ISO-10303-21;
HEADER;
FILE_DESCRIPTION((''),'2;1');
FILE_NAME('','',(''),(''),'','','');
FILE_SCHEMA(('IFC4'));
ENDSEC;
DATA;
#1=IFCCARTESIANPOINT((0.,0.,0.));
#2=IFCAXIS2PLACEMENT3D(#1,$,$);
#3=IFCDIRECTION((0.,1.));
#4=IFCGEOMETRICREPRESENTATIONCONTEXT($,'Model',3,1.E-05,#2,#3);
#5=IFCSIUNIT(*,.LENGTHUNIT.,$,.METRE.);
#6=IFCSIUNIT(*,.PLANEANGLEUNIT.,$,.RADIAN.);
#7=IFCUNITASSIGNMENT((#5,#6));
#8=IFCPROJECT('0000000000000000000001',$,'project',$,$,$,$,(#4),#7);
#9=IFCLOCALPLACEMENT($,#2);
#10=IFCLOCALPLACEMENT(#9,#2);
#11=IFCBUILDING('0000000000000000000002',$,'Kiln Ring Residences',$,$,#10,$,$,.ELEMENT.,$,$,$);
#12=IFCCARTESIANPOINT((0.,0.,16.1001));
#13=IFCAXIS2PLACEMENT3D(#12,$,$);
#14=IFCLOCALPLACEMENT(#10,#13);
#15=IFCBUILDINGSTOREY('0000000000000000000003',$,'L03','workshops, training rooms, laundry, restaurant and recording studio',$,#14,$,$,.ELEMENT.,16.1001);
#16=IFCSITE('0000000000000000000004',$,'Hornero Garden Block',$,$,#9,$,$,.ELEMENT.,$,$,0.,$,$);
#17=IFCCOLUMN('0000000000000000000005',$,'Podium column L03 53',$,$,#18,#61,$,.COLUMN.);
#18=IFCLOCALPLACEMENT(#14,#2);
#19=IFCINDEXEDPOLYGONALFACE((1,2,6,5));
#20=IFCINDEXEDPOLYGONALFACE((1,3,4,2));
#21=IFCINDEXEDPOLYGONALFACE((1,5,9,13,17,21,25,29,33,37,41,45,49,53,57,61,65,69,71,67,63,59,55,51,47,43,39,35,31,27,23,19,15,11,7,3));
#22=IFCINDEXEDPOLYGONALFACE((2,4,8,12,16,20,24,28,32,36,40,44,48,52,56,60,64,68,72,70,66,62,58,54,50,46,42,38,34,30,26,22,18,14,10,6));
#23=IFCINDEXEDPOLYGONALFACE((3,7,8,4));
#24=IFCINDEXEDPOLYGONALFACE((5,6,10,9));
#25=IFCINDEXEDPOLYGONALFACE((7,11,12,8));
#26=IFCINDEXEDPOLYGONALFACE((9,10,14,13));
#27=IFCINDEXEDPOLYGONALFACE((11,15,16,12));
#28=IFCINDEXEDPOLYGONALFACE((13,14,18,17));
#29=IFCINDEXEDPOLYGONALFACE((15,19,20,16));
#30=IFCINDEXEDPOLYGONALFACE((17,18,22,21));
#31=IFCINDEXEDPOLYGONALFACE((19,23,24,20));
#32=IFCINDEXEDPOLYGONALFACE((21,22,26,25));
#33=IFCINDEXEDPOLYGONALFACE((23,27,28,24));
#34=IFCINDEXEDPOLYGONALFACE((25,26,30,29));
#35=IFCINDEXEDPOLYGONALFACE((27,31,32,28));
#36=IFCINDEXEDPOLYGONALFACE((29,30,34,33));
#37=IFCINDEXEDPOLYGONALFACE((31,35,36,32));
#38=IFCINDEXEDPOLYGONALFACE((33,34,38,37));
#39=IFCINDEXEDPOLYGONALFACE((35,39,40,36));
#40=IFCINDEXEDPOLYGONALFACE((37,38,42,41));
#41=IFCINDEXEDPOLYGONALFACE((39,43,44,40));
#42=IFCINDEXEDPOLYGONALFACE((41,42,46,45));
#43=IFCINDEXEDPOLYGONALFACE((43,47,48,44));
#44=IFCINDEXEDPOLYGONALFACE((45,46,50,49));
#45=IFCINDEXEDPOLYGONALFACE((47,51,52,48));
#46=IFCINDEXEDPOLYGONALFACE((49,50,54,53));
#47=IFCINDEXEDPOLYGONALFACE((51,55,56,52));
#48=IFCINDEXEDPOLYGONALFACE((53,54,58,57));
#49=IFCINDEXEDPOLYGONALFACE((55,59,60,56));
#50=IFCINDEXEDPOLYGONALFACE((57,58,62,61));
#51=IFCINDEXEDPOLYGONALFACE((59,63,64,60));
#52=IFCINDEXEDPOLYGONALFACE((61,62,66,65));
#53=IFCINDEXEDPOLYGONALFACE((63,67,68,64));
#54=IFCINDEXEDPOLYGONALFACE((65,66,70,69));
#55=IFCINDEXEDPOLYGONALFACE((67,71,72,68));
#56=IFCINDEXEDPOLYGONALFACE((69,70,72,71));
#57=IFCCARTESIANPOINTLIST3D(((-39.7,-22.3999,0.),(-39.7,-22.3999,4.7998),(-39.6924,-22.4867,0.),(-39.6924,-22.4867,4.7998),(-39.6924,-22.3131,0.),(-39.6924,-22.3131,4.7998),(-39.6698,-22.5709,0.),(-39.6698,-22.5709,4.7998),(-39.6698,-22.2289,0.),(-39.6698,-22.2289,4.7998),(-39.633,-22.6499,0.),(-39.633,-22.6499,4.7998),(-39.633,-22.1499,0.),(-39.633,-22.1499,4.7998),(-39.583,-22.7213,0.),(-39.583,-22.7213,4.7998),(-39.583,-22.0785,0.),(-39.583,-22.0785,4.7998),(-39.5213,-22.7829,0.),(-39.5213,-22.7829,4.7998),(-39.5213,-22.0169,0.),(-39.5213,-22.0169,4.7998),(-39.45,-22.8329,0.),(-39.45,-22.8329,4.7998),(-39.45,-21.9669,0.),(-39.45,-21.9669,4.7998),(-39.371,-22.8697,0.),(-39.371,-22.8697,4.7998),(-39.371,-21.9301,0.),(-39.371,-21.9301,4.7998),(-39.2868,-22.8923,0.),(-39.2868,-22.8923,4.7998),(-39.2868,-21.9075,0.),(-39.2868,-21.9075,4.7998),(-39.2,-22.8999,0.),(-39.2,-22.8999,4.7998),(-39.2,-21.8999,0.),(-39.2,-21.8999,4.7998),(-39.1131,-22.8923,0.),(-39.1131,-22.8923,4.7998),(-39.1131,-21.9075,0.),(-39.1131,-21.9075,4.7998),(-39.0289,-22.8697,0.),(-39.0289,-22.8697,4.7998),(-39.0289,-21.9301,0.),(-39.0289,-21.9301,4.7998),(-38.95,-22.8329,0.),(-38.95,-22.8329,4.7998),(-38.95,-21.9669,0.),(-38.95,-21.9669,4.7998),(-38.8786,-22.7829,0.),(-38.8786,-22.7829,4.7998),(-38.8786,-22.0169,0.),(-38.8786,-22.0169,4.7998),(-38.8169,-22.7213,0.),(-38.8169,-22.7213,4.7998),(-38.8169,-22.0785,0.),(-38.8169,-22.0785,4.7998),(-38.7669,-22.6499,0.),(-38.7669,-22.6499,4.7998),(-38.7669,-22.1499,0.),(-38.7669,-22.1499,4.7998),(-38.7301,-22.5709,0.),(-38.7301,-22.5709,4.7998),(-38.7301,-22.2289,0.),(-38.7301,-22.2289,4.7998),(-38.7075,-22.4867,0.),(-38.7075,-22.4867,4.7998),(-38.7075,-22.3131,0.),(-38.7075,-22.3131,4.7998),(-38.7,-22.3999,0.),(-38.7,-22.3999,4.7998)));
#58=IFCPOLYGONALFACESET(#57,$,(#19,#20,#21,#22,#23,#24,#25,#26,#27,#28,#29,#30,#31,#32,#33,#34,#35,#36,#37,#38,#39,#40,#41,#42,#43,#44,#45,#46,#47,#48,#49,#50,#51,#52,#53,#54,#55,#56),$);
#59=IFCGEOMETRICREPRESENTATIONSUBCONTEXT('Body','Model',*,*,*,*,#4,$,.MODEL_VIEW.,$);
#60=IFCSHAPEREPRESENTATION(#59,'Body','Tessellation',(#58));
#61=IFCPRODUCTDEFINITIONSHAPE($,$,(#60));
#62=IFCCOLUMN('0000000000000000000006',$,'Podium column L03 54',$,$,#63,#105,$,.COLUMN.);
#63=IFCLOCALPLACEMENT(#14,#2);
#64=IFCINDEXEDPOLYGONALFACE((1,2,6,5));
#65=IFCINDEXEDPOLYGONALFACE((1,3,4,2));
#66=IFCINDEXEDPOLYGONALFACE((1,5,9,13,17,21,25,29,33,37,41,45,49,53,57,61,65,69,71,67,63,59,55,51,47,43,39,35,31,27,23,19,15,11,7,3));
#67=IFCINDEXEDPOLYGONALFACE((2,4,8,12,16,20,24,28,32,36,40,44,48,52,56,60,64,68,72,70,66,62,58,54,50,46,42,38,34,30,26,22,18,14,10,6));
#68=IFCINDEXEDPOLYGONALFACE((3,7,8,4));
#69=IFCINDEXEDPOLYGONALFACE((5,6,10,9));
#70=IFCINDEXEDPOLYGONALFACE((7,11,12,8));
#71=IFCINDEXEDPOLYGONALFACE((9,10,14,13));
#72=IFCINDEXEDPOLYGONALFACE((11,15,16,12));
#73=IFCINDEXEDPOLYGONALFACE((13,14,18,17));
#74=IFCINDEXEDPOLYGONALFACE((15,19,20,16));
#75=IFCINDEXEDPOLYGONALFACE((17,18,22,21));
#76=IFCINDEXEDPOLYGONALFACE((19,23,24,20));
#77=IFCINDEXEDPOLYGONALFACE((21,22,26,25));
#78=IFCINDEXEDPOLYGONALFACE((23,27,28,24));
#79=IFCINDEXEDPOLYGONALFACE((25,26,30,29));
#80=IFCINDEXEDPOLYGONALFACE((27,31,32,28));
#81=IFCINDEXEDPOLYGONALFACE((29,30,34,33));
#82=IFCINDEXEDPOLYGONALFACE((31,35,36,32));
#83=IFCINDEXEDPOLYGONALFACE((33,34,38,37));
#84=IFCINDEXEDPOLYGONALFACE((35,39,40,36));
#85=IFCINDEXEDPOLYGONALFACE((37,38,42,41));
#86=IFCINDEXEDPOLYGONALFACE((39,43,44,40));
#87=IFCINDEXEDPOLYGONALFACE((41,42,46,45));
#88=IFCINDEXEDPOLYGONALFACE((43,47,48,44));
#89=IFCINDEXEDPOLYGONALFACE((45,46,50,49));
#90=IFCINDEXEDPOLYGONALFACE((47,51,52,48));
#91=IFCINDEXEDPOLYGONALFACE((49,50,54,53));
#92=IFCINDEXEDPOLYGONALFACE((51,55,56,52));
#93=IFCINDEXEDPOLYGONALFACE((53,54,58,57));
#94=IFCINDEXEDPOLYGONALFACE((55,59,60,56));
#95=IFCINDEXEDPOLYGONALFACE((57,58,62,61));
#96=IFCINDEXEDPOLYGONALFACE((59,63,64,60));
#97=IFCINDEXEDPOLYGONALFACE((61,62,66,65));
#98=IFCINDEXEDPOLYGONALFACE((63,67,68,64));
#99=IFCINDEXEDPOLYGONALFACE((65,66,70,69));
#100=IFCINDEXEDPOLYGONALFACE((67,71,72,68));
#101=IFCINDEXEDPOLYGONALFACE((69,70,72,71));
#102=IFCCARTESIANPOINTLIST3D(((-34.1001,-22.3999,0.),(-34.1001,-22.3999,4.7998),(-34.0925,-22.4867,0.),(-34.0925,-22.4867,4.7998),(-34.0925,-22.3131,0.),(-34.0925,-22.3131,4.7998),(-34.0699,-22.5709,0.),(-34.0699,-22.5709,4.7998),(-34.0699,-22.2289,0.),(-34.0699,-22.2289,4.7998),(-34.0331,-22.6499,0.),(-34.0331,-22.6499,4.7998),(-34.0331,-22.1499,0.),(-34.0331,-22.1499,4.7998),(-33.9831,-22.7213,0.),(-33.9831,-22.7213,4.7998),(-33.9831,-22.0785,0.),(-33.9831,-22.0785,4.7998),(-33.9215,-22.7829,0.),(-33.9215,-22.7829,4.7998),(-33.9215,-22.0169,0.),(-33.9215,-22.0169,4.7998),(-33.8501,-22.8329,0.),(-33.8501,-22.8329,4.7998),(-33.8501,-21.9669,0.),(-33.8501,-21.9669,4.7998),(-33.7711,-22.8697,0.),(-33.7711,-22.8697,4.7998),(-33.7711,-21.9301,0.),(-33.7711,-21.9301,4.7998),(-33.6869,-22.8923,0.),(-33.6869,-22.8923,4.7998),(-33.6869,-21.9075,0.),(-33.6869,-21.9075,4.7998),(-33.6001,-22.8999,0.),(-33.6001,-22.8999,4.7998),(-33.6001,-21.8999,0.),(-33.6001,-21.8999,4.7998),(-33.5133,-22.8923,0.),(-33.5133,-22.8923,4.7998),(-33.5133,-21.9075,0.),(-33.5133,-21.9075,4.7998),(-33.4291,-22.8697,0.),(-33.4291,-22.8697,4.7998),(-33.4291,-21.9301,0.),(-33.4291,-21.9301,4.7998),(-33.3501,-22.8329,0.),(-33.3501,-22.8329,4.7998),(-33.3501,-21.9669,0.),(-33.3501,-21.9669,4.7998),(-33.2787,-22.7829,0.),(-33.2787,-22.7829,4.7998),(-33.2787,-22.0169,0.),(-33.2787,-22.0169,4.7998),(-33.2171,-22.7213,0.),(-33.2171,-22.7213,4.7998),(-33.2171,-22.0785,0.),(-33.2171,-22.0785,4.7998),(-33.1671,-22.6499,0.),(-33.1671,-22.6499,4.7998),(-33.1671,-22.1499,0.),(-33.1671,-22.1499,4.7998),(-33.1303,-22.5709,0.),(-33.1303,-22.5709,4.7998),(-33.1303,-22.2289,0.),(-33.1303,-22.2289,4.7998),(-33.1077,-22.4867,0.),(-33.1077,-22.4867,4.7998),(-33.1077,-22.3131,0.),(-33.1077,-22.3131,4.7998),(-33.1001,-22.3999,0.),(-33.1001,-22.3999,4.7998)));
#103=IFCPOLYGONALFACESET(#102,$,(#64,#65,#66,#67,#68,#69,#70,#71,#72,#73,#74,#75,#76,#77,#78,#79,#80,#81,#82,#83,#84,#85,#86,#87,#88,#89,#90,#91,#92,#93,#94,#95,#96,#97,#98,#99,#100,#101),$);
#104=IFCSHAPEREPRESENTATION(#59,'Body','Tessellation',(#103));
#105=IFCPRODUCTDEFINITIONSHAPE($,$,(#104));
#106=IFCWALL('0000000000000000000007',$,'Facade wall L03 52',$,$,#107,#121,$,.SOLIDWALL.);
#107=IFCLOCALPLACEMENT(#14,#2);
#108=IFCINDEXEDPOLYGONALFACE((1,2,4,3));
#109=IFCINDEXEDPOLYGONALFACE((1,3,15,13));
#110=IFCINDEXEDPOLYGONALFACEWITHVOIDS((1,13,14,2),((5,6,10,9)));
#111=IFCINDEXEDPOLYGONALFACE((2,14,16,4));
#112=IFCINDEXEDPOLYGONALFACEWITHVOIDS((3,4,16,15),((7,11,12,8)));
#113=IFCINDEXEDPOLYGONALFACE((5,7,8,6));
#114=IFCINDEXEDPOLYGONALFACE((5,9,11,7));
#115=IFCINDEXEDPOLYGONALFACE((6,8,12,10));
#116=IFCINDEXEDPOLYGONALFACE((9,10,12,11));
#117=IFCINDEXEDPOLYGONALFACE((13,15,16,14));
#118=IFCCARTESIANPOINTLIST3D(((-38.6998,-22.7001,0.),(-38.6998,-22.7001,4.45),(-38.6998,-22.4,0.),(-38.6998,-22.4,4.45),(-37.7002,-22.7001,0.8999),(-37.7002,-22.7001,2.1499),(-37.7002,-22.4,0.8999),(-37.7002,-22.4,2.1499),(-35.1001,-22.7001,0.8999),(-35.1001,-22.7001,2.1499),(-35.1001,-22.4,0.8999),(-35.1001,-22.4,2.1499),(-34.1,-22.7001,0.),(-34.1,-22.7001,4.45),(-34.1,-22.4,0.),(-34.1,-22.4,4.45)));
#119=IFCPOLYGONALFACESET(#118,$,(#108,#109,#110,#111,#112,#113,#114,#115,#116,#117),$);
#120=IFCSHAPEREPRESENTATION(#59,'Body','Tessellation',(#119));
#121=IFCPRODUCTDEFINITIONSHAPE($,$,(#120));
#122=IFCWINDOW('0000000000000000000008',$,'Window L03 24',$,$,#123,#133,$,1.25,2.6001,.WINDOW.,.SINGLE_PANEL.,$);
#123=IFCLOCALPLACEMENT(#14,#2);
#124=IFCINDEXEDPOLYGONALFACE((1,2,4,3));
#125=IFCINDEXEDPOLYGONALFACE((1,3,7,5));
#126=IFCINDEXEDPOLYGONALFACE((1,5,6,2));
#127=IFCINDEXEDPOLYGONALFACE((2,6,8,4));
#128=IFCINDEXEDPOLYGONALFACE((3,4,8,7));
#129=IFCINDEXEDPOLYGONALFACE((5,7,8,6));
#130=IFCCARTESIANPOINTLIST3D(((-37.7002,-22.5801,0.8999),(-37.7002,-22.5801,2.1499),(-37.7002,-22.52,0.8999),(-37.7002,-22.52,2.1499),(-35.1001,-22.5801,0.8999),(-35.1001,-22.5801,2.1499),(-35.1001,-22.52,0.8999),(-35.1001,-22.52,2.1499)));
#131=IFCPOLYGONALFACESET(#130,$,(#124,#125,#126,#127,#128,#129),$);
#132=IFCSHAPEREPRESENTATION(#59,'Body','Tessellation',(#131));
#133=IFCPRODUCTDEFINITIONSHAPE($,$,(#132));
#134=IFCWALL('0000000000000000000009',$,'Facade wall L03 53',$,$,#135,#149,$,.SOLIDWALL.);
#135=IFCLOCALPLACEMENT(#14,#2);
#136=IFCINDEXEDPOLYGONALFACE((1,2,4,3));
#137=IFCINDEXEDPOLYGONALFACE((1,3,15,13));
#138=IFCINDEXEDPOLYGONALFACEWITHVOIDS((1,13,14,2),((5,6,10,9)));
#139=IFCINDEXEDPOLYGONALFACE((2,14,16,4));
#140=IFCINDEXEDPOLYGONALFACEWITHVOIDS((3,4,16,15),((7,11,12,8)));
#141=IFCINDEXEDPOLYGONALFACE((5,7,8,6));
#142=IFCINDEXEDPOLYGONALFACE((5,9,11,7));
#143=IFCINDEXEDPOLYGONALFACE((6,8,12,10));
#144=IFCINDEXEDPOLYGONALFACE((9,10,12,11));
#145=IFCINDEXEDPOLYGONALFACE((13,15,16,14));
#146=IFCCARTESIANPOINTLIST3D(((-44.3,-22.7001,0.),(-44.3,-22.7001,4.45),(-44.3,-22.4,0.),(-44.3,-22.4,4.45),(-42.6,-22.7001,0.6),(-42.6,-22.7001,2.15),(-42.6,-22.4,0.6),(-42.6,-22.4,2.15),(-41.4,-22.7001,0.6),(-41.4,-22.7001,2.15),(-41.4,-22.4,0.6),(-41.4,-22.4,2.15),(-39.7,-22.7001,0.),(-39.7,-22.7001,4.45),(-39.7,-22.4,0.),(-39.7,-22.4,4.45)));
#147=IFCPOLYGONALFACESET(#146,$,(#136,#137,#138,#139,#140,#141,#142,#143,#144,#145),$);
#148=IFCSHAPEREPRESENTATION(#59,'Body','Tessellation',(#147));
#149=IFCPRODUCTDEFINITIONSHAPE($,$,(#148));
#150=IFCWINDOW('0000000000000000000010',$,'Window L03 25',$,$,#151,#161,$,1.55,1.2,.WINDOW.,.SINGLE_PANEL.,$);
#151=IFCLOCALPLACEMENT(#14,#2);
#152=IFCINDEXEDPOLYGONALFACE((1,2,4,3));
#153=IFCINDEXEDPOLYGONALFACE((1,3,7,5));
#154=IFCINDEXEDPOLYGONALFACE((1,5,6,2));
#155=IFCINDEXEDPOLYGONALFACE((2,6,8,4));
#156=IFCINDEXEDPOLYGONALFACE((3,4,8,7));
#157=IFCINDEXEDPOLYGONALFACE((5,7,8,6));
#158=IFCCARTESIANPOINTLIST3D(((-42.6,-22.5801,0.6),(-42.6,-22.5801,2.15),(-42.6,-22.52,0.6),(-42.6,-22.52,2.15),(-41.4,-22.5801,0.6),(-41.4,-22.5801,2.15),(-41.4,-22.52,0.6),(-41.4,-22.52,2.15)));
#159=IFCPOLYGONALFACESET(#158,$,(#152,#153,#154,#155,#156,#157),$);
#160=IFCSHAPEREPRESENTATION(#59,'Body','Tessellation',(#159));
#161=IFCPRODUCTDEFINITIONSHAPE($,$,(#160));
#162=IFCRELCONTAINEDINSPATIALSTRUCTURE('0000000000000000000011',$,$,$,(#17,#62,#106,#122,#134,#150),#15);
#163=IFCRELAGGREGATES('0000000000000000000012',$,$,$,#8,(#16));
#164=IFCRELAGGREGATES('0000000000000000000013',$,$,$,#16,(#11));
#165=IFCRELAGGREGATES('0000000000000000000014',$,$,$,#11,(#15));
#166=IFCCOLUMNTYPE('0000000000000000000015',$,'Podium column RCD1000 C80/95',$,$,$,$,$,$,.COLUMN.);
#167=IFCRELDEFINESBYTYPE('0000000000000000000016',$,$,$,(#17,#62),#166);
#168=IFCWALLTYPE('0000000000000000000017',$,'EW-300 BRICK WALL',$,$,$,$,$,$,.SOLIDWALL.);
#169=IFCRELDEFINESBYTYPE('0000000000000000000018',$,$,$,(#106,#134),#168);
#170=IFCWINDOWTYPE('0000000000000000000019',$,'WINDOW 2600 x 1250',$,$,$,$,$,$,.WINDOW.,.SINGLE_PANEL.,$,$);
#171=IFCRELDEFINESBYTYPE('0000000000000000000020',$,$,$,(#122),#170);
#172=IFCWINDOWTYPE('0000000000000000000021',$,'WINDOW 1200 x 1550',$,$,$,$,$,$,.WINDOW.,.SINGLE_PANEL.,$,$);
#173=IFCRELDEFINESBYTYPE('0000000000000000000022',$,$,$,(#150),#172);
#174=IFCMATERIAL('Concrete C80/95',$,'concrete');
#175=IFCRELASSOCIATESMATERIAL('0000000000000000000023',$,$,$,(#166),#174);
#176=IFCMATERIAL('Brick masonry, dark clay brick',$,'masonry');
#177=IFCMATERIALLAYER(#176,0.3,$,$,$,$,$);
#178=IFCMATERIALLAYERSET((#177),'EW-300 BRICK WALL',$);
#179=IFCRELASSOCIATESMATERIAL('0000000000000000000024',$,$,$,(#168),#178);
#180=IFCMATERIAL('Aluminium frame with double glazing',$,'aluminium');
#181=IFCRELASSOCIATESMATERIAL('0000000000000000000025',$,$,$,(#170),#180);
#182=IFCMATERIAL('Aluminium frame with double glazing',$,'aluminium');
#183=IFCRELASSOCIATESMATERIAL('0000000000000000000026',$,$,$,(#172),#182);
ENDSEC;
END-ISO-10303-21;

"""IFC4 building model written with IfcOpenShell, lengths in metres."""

from ifc_helpers import new_model, si_unit, direction, frame, frame_2d, origin, origin_2d, place, context, subcontext, project, spatial, rectangle, circle, extrude, material, layer, layer_set, material_profile, profile_set, type_object, element, fill, save


model = new_model("IFC4")

# Units and contexts
model_context = context("Model", 3, precision=1e-05, world=origin(), true_north=direction((0.0, 1.0)))
body_context = subcontext(model_context, "Body", "Model", "MODEL_VIEW")
ifc_project = project(units=[si_unit("LENGTHUNIT", "METRE"), si_unit("PLANEANGLEUNIT", "RADIAN")], contexts=[model_context])

# Site, building, storey
site_placement = place(None, origin())
site = spatial("IfcSite", under=ifc_project, at=site_placement, Name="Hornero Garden Block", CompositionType="ELEMENT", RefElevation=0.0)
building_placement = place(site_placement, origin())
building = spatial("IfcBuilding", under=site, at=building_placement, Name="Kiln Ring Residences", CompositionType="ELEMENT")
storey_placement = place(building_placement, frame((0.0, 0.0, 16.1001)))
storey = spatial("IfcBuildingStorey", under=building, at=storey_placement, Name="L03", Description="workshops, training rooms, laundry, restaurant and recording studio", CompositionType="ELEMENT", Elevation=16.1001)

# Columns
ifc_material_1 = material(Name="Concrete C80/95", Category="concrete")
ifc_material_profile = material_profile(ifc_material_1, circle(Radius=0.5, at=origin_2d()), Name="RCD1000")
ifc_profile_set = profile_set([ifc_material_profile], Name="Concrete C80/95")
column_type = type_object("IfcColumnType", Name="Podium column RCD1000 C80/95", PredefinedType="COLUMN", material=ifc_profile_set)
for number, where, z_axis, x_axis, name in (
    (1, (-39.2, -22.3999, 0.0), (0.0, 0.0, 1.0), (1.0, 0.0, 0.0), "Podium column L03 53"),
    (2, (-33.6001, -22.3999, 0.0), (0.0, 0.0, 1.0), (1.0, 0.0, 0.0), "Podium column L03 54"),
):
    element("IfcColumn", number, at=place(storey_placement, frame(where, z_axis=z_axis, x_axis=x_axis)), inside=storey, type_object=column_type, Name=name, PredefinedType="COLUMN", context=body_context, shape_type="SweptSolid", body=[
        extrude(circle(Radius=0.5, at=origin_2d()), origin(), (0.0, 0.0, 1.0), 4.7998),
    ])

# Walls, openings, windows
ifc_material_2 = material(Name="Brick masonry, dark clay brick", Category="masonry")
ifc_layer_1 = layer(ifc_material_2, 0.3)
ifc_layer_set_1 = layer_set([ifc_layer_1], Name="EW-300 BRICK WALL")
wall_type_1 = type_object("IfcWallType", Name="EW-300 BRICK WALL", PredefinedType="SOLIDWALL", material=ifc_layer_set_1)
wall_1_placement = place(storey_placement, frame((-34.1001, -22.55, 0.0), z_axis=(0.0, 0.0, 1.0), x_axis=(-1.0, 0.0, 0.0)))
wall_1 = element("IfcWall", 3, at=wall_1_placement, inside=storey, type_object=wall_type_1, Name="Facade wall L03 52", PredefinedType="SOLIDWALL", context=body_context, shape_type="SweptSolid", body=[
    extrude(rectangle(XDim=4.5999, YDim=0.3, at=frame_2d((2.2998, 0.0))), origin(), (0.0, 0.0, 1.0), 4.45),
])
opening_1_placement = place(wall_1_placement, frame((1.0, 0.0, 0.8999)))
opening_1 = element("IfcOpeningElement", 4, at=opening_1_placement, cuts=wall_1, PredefinedType="OPENING", context=body_context, shape_type="SweptSolid", body=[
    extrude(rectangle(XDim=2.6001, YDim=1.25, at=frame_2d((1.3, 0.625))), frame((0.0, 0.1599, 0.0), z_axis=(0.0, -1.0, 0.0), x_axis=(1.0, 0.0, 0.0)), (0.0, 0.0, 1.0), 0.3201),
])
ifc_material_3 = material(Name="Aluminium frame with double glazing", Category="aluminium")
window_type_1 = type_object("IfcWindowType", Name="WINDOW 2600 x 1250", PartitioningType="SINGLE_PANEL", PredefinedType="WINDOW", material=ifc_material_3)
window_1_placement = place(opening_1_placement, origin())
window_1 = element("IfcWindow", 5, at=window_1_placement, inside=storey, type_object=window_type_1, Name="Window L03 24", OverallHeight=1.25, OverallWidth=2.6001, PartitioningType="SINGLE_PANEL", PredefinedType="WINDOW", context=body_context, shape_type="SweptSolid", body=[
    extrude(rectangle(XDim=2.6001, YDim=1.25, at=frame_2d((1.3, 0.625))), frame((0.0, 0.03, 0.0), z_axis=(0.0, -1.0, 0.0), x_axis=(1.0, 0.0, 0.0)), (0.0, 0.0, 1.0), 0.0601),
])
fill(opening_1, window_1)
wall_2_placement = place(storey_placement, frame((-39.7, -22.55, 0.0), z_axis=(0.0, 0.0, 1.0), x_axis=(-1.0, 0.0, 0.0)))
wall_2 = element("IfcWall", 6, at=wall_2_placement, inside=storey, type_object=wall_type_1, Name="Facade wall L03 53", PredefinedType="SOLIDWALL", context=body_context, shape_type="SweptSolid", body=[
    extrude(rectangle(XDim=4.6001, YDim=0.3, at=frame_2d((2.3, 0.0))), origin(), (0.0, 0.0, 1.0), 4.45),
])
opening_2_placement = place(wall_2_placement, frame((1.7, 0.0, 0.6001)))
opening_2 = element("IfcOpeningElement", 7, at=opening_2_placement, cuts=wall_2, PredefinedType="OPENING", context=body_context, shape_type="SweptSolid", body=[
    extrude(rectangle(XDim=1.2, YDim=1.55, at=frame_2d((0.6001, 0.7749))), frame((0.0, 0.1599, 0.0), z_axis=(0.0, -1.0, 0.0), x_axis=(1.0, 0.0, 0.0)), (0.0, 0.0, 1.0), 0.3201),
])
ifc_material_4 = material(Name="Aluminium frame with double glazing", Category="aluminium")
window_type_2 = type_object("IfcWindowType", Name="WINDOW 1200 x 1550", PartitioningType="SINGLE_PANEL", PredefinedType="WINDOW", material=ifc_material_4)
window_2_placement = place(opening_2_placement, origin())
window_2 = element("IfcWindow", 8, at=window_2_placement, inside=storey, type_object=window_type_2, Name="Window L03 25", OverallHeight=1.55, OverallWidth=1.2, PartitioningType="SINGLE_PANEL", PredefinedType="WINDOW", context=body_context, shape_type="SweptSolid", body=[
    extrude(rectangle(XDim=1.2, YDim=1.55, at=frame_2d((0.6001, 0.7749))), frame((0.0, 0.03, 0.0), z_axis=(0.0, -1.0, 0.0), x_axis=(1.0, 0.0, 0.0)), (0.0, 0.0, 1.0), 0.0601),
])
fill(opening_2, window_2)

save(model, "model.ifc")
